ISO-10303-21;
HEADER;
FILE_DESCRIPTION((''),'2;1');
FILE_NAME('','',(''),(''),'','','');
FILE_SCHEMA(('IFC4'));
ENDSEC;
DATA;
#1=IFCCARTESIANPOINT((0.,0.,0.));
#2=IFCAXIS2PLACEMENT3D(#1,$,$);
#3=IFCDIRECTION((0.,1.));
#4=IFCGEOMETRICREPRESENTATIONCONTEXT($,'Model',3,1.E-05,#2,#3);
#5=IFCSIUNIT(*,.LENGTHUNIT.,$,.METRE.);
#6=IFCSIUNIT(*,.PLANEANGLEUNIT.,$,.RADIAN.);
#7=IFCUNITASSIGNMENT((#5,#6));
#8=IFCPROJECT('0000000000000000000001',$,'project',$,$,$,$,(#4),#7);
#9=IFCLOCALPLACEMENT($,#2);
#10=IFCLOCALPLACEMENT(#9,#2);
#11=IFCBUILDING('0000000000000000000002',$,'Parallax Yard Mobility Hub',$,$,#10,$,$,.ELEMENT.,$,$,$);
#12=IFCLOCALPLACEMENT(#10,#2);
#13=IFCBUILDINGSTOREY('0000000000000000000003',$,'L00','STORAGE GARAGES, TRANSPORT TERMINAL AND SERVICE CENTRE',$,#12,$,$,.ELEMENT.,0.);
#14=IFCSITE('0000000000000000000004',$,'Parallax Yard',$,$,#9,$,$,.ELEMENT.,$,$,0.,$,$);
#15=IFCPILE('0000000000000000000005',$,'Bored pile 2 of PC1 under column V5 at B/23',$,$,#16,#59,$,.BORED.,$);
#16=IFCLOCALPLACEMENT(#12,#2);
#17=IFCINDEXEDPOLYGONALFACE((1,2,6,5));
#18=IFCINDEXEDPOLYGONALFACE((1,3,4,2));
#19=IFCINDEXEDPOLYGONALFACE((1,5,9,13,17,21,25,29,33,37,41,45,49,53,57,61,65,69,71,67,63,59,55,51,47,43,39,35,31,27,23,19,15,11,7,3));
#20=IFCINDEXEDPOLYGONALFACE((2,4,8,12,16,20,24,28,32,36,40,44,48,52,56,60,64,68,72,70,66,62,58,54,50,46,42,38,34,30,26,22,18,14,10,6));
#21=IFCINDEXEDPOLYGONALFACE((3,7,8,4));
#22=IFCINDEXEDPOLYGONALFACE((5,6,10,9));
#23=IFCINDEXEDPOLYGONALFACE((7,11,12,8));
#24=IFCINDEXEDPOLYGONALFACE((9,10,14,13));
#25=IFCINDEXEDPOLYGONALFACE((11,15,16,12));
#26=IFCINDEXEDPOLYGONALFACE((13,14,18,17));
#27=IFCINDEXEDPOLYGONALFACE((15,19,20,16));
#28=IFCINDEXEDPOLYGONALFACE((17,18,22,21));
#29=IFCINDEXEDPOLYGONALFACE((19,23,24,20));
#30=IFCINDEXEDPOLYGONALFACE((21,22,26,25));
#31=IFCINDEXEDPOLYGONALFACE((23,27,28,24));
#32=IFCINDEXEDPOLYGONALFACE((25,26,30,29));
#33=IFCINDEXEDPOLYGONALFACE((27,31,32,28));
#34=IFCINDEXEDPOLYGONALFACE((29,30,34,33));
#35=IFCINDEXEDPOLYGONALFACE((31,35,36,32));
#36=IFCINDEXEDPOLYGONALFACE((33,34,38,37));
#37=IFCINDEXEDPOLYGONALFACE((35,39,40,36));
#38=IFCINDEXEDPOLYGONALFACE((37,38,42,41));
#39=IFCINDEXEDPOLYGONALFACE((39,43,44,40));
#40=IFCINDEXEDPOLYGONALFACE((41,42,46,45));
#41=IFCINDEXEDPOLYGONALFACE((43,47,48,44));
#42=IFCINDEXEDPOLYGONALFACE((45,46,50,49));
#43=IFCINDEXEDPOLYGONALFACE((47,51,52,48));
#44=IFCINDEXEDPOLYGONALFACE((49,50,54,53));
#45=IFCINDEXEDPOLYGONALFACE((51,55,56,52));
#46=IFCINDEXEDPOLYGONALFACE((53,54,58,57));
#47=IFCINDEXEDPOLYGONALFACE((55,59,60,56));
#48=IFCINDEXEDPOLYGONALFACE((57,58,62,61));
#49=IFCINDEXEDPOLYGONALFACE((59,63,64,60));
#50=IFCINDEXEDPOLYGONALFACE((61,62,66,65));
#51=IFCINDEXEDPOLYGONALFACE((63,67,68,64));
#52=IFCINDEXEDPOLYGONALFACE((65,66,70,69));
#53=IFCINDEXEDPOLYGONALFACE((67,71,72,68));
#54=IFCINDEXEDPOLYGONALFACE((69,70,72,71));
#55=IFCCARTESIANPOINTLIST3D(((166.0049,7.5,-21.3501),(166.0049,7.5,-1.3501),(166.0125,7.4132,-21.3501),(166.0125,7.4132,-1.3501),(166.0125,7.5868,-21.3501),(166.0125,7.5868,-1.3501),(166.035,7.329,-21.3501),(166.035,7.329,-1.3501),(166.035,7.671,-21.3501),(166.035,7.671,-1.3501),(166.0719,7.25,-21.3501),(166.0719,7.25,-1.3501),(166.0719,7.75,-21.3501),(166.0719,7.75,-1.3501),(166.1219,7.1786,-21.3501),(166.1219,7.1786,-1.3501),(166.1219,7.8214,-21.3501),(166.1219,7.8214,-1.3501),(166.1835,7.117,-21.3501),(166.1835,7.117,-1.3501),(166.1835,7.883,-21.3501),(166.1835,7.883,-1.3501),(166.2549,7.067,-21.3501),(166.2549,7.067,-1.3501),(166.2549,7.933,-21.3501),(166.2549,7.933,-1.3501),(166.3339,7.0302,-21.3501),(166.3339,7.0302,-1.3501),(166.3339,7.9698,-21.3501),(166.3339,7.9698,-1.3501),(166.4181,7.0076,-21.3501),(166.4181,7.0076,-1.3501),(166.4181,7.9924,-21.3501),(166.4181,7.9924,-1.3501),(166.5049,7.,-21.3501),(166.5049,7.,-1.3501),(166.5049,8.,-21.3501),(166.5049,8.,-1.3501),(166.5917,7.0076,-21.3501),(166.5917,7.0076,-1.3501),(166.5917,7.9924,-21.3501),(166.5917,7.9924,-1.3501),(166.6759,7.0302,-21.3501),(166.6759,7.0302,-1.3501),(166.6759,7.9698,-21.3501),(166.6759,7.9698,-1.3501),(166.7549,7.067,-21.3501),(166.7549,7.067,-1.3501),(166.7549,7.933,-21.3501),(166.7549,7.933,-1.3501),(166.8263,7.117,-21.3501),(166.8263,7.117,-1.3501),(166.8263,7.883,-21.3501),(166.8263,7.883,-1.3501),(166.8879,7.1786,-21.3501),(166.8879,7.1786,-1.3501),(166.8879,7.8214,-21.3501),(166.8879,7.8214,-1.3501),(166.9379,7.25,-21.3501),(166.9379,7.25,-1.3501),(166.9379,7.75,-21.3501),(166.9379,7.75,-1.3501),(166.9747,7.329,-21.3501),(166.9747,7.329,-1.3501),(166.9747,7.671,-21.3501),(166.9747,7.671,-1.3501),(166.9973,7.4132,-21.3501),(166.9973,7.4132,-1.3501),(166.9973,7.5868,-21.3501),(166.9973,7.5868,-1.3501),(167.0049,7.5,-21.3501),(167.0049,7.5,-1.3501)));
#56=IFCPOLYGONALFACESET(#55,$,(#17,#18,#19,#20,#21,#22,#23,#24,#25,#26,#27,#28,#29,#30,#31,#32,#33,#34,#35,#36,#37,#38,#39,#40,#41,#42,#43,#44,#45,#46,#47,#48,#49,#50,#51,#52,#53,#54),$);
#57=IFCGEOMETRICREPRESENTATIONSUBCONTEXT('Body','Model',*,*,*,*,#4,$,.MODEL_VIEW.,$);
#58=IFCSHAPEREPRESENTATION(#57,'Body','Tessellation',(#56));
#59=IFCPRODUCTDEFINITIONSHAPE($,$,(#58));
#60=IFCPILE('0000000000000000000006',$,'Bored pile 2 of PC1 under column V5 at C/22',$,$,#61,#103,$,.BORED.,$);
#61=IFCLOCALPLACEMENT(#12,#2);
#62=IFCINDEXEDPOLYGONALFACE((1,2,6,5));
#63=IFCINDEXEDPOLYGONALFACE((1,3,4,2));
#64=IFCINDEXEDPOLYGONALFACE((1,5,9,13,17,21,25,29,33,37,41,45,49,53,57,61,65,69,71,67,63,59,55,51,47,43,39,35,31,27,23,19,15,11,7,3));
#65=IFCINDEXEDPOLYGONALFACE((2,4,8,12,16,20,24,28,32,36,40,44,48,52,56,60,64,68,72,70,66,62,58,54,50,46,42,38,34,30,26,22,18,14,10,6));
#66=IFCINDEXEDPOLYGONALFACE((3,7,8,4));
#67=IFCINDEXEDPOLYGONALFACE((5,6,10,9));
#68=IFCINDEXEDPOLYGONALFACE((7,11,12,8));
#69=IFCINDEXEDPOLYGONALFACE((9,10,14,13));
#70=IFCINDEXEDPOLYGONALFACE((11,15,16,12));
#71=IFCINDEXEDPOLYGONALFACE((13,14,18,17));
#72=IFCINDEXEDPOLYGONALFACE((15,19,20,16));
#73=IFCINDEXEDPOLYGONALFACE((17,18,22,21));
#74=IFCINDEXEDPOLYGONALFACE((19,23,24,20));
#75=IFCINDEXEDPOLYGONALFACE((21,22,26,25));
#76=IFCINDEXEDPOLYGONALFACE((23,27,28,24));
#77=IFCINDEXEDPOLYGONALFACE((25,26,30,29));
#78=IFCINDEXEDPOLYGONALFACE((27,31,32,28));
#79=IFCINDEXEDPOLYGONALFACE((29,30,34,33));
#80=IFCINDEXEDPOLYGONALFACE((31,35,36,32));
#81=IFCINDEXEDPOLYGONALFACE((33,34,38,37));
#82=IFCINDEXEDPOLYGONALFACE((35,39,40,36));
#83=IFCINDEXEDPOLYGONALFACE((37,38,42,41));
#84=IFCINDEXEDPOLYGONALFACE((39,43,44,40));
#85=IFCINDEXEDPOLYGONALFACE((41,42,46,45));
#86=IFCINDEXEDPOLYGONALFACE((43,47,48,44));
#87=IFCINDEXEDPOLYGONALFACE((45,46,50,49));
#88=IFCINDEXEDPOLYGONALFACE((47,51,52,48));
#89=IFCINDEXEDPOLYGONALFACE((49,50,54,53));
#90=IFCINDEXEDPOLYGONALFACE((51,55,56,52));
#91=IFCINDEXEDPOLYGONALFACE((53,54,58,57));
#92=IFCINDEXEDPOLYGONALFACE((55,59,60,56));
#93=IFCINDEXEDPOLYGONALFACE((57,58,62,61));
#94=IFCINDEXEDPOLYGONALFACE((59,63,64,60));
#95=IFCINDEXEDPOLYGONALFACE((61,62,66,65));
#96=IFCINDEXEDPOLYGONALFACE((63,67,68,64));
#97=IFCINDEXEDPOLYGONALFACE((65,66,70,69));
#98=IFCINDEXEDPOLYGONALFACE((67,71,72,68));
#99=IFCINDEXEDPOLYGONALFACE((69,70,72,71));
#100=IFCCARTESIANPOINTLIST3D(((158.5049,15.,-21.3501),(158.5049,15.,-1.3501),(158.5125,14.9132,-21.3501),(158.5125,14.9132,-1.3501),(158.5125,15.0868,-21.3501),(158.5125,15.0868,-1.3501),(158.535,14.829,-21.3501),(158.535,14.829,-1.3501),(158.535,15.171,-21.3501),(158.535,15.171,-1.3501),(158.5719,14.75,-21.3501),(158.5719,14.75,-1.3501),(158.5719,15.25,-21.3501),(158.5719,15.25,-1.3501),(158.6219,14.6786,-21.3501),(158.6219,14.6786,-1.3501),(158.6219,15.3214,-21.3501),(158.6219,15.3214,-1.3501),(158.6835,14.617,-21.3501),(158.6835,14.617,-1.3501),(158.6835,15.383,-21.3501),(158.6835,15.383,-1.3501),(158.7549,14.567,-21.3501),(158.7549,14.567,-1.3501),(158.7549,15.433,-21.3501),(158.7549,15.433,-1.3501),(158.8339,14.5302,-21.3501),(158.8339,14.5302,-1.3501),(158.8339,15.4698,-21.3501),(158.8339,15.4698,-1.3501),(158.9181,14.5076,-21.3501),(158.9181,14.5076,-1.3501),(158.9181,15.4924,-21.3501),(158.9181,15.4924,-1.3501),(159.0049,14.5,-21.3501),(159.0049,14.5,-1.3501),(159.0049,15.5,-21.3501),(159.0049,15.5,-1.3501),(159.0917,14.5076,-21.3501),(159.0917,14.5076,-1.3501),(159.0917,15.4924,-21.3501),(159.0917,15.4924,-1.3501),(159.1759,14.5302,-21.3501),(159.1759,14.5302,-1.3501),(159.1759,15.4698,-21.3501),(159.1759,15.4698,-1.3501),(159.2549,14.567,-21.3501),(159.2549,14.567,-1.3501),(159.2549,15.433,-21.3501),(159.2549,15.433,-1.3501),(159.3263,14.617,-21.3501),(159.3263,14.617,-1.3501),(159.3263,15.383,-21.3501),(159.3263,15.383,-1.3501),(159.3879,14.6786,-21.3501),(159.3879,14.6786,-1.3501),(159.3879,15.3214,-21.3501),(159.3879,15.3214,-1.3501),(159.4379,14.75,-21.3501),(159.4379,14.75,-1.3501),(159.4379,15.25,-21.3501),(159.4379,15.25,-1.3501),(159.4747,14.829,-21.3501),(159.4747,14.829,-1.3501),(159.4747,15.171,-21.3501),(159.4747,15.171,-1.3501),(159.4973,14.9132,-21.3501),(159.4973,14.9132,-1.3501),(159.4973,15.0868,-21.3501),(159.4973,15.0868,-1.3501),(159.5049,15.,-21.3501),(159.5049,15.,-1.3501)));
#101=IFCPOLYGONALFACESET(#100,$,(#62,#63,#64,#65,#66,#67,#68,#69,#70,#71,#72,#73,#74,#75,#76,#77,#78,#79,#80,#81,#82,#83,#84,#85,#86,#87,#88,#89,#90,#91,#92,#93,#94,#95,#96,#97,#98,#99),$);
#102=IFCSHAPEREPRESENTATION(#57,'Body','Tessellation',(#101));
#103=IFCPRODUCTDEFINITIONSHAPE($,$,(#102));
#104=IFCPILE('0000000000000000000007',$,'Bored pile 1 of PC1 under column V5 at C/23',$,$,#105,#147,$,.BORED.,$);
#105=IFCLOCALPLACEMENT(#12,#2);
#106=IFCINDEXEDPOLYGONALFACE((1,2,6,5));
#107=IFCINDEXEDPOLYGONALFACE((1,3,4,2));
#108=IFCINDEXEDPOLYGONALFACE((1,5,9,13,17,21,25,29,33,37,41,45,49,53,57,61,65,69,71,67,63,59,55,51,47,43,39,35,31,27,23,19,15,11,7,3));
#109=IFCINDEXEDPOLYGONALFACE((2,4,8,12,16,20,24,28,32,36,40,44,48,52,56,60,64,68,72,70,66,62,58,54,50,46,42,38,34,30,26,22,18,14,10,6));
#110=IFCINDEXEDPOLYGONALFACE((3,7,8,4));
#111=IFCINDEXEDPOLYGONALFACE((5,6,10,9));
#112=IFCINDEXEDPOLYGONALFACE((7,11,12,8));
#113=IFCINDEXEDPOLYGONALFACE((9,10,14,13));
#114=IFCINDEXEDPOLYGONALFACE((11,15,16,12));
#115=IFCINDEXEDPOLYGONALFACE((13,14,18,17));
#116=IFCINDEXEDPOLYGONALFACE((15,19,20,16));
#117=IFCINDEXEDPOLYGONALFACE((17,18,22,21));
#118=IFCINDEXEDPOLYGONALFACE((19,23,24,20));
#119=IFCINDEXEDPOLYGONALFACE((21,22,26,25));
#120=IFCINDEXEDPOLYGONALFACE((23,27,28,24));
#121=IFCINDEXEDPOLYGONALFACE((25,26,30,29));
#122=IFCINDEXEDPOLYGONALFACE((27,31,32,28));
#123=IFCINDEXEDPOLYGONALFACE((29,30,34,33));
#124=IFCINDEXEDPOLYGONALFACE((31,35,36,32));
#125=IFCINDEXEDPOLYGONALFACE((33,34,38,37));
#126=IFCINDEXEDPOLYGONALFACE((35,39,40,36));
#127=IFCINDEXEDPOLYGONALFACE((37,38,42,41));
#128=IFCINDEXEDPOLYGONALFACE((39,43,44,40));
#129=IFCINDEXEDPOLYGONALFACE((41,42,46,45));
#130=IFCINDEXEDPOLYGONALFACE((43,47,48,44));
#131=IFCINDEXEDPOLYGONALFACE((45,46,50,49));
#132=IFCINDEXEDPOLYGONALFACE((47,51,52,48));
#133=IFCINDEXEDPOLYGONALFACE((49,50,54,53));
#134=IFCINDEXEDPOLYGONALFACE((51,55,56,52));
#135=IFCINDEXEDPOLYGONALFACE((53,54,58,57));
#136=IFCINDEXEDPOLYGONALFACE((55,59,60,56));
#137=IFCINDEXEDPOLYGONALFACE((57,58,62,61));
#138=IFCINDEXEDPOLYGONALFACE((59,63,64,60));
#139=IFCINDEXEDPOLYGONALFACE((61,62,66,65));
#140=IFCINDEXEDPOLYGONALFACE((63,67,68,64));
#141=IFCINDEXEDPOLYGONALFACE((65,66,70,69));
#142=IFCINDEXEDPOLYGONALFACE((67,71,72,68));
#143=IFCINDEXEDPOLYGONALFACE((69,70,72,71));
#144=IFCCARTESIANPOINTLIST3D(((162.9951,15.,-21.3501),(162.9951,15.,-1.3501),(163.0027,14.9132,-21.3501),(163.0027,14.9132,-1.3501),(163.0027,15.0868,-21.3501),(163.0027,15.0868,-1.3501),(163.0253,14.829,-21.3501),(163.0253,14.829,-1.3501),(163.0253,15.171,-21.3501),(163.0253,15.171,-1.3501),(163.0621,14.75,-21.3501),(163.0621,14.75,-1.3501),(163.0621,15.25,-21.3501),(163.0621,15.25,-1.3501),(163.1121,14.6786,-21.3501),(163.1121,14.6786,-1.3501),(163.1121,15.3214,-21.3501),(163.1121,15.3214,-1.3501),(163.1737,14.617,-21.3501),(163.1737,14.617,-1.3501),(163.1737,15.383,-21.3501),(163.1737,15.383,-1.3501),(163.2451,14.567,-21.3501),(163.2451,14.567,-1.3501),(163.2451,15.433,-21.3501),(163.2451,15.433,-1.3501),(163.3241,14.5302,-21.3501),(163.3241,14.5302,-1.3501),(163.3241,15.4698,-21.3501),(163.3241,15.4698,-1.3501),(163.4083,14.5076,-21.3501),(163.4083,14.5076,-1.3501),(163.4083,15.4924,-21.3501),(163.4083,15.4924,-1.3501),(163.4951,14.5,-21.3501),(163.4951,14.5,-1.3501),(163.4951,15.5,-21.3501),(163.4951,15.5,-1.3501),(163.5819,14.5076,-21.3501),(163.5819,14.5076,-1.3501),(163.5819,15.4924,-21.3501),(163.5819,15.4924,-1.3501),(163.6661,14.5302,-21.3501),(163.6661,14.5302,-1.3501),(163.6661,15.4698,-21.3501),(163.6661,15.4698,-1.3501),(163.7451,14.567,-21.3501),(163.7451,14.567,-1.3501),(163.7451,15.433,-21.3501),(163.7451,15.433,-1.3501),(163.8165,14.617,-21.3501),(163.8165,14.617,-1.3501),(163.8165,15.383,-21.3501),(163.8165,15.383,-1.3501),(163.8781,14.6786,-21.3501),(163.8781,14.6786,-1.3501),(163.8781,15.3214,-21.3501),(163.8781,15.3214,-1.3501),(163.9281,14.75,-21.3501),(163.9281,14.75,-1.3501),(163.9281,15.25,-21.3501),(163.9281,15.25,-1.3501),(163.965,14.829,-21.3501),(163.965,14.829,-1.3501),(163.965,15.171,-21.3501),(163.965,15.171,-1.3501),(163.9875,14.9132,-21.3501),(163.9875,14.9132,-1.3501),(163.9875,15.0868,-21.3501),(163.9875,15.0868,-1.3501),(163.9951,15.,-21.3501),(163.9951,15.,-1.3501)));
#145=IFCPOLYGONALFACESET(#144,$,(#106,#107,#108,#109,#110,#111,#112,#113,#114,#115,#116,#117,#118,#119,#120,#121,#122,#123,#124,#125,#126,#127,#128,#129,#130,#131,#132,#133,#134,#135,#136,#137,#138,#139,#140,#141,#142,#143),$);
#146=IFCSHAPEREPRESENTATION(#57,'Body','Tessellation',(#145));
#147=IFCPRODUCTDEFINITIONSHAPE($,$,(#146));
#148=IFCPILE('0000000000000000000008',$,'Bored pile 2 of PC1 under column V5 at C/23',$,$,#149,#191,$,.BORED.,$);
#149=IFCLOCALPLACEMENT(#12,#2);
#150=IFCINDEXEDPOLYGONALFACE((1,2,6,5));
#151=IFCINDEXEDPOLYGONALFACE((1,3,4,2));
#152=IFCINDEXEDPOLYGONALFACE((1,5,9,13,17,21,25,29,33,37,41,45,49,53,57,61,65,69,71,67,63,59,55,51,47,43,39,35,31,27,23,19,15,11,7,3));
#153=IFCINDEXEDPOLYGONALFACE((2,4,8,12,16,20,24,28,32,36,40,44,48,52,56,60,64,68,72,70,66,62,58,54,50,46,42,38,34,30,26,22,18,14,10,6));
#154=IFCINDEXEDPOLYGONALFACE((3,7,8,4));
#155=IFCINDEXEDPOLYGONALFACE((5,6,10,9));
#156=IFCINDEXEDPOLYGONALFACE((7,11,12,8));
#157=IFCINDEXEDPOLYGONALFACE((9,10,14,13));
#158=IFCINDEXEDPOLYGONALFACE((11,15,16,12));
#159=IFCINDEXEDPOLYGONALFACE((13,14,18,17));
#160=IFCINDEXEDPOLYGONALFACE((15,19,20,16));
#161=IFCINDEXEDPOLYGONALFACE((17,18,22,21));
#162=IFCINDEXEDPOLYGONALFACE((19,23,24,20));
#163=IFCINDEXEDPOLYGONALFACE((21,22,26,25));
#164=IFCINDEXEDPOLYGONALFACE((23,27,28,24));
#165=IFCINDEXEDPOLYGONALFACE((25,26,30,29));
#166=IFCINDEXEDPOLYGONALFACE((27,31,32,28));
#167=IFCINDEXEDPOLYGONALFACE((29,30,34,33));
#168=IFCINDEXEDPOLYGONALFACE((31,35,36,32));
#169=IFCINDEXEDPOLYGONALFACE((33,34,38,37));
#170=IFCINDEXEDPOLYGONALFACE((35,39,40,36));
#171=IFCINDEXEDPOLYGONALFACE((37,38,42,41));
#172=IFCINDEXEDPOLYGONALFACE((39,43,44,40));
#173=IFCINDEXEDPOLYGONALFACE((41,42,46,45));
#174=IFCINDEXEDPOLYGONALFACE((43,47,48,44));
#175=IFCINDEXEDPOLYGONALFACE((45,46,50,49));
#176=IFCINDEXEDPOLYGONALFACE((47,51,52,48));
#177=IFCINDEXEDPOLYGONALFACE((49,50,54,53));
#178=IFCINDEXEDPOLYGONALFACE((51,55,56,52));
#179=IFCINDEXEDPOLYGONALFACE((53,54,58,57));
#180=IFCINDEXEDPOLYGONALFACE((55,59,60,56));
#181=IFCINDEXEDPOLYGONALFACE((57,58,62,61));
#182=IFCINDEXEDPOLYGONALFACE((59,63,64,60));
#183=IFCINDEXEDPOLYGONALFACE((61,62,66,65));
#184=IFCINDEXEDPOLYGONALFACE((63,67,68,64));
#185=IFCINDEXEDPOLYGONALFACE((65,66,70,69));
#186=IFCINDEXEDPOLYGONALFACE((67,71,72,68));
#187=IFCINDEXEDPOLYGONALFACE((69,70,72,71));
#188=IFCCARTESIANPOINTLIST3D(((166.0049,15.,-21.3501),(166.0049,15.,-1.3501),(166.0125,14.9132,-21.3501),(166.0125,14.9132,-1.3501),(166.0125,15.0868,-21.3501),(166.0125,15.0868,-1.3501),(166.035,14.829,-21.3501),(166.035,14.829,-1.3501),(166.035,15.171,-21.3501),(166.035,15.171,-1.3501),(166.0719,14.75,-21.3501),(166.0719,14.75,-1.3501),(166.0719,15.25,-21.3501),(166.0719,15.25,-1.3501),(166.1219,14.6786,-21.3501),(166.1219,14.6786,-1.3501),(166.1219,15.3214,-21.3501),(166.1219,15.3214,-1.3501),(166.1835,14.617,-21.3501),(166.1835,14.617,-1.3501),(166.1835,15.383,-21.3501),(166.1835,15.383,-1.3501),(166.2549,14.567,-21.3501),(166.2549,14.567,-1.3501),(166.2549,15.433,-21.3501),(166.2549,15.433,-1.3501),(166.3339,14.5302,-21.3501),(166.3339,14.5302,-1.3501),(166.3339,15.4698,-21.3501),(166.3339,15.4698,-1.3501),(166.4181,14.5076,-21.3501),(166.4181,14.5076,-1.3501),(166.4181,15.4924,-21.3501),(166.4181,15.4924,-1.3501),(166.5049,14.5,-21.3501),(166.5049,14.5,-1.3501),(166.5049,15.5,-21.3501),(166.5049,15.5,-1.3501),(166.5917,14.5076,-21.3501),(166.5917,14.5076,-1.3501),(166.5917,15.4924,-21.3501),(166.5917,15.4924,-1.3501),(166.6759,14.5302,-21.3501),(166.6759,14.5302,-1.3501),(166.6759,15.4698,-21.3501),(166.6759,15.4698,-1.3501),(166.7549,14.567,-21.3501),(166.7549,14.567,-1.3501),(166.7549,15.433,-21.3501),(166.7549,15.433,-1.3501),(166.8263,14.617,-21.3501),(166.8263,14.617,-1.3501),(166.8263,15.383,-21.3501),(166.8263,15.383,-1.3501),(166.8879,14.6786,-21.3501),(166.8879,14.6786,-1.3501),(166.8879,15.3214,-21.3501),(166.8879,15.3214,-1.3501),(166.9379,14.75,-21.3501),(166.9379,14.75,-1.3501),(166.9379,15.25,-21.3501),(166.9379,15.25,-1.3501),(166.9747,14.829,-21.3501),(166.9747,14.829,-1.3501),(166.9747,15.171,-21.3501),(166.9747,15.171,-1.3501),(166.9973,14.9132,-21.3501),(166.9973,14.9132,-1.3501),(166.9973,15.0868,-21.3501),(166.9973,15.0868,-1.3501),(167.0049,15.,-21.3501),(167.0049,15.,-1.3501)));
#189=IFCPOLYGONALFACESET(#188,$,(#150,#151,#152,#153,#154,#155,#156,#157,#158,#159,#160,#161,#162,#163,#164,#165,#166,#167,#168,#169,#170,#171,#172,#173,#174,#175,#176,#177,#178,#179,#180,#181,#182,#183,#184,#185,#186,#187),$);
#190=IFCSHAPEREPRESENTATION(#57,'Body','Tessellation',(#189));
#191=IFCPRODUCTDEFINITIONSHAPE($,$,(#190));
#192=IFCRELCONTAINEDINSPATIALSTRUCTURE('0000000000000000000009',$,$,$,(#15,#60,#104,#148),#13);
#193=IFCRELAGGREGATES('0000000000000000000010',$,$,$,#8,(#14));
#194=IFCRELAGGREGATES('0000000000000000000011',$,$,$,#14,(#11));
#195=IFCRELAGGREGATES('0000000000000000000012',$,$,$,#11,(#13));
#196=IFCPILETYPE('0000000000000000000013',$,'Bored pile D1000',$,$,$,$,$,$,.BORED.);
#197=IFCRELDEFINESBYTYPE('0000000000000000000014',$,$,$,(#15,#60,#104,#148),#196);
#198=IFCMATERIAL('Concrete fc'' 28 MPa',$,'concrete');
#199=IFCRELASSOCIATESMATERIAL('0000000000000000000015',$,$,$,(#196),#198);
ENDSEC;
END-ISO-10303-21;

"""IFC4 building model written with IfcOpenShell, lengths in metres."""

from ifc_helpers import new_model, si_unit, direction, frame, origin, origin_2d, place, context, subcontext, project, spatial, circle, extrude, material, material_profile, profile_set, type_object, element, save


model = new_model("IFC4")

# Units and contexts
model_context = context("Model", 3, precision=1e-05, world=origin(), true_north=direction((0.0, 1.0)))
body_context = subcontext(model_context, "Body", "Model", "MODEL_VIEW")
ifc_project = project(units=[si_unit("LENGTHUNIT", "METRE"), si_unit("PLANEANGLEUNIT", "RADIAN")], contexts=[model_context])

# Site, building, storey
site_placement = place(None, origin())
site = spatial("IfcSite", under=ifc_project, at=site_placement, Name="Parallax Yard", CompositionType="ELEMENT", RefElevation=0.0)
building_placement = place(site_placement, origin())
building = spatial("IfcBuilding", under=site, at=building_placement, Name="Parallax Yard Mobility Hub", CompositionType="ELEMENT")
storey_placement = place(building_placement, origin())
storey = spatial("IfcBuildingStorey", under=building, at=storey_placement, Name="L00", Description="STORAGE GARAGES, TRANSPORT TERMINAL AND SERVICE CENTRE", CompositionType="ELEMENT", Elevation=0.0)

# Piles
ifc_material_1 = material(Name="Concrete fc' 28 MPa", Category="concrete")
ifc_material_profile_1 = material_profile(ifc_material_1, circle(Radius=0.5, at=origin_2d()), Name="Bored pile D1000")
ifc_profile_set_1 = profile_set([ifc_material_profile_1], Name="Concrete fc' 28 MPa")
pile_type = type_object("IfcPileType", Name="Bored pile D1000", PredefinedType="BORED", material=ifc_profile_set_1)
for number, where, z_axis, x_axis, name in (
    (1, (166.5049, 7.5, -1.3501), (0.0, 0.0, -1.0), (1.0, 0.0, 0.0), "Bored pile 2 of PC1 under column V5 at B/23"),
    (2, (159.0049, 15.0, -1.3501), (0.0, 0.0, -1.0), (1.0, 0.0, 0.0), "Bored pile 2 of PC1 under column V5 at C/22"),
    (3, (163.4951, 15.0, -1.3501), (0.0, 0.0, -1.0), (1.0, 0.0, 0.0), "Bored pile 1 of PC1 under column V5 at C/23"),
    (4, (166.5049, 15.0, -1.3501), (0.0, 0.0, -1.0), (1.0, 0.0, 0.0), "Bored pile 2 of PC1 under column V5 at C/23"),
):
    element("IfcPile", number, at=place(storey_placement, frame(where, z_axis=z_axis, x_axis=x_axis)), inside=storey, type_object=pile_type, Name=name, PredefinedType="BORED", context=body_context, shape_type="SweptSolid", body=[
        extrude(circle(Radius=0.5, at=origin_2d()), origin(), (0.0, 0.0, 1.0), 20.0),
    ])

save(model, "model.ifc")
